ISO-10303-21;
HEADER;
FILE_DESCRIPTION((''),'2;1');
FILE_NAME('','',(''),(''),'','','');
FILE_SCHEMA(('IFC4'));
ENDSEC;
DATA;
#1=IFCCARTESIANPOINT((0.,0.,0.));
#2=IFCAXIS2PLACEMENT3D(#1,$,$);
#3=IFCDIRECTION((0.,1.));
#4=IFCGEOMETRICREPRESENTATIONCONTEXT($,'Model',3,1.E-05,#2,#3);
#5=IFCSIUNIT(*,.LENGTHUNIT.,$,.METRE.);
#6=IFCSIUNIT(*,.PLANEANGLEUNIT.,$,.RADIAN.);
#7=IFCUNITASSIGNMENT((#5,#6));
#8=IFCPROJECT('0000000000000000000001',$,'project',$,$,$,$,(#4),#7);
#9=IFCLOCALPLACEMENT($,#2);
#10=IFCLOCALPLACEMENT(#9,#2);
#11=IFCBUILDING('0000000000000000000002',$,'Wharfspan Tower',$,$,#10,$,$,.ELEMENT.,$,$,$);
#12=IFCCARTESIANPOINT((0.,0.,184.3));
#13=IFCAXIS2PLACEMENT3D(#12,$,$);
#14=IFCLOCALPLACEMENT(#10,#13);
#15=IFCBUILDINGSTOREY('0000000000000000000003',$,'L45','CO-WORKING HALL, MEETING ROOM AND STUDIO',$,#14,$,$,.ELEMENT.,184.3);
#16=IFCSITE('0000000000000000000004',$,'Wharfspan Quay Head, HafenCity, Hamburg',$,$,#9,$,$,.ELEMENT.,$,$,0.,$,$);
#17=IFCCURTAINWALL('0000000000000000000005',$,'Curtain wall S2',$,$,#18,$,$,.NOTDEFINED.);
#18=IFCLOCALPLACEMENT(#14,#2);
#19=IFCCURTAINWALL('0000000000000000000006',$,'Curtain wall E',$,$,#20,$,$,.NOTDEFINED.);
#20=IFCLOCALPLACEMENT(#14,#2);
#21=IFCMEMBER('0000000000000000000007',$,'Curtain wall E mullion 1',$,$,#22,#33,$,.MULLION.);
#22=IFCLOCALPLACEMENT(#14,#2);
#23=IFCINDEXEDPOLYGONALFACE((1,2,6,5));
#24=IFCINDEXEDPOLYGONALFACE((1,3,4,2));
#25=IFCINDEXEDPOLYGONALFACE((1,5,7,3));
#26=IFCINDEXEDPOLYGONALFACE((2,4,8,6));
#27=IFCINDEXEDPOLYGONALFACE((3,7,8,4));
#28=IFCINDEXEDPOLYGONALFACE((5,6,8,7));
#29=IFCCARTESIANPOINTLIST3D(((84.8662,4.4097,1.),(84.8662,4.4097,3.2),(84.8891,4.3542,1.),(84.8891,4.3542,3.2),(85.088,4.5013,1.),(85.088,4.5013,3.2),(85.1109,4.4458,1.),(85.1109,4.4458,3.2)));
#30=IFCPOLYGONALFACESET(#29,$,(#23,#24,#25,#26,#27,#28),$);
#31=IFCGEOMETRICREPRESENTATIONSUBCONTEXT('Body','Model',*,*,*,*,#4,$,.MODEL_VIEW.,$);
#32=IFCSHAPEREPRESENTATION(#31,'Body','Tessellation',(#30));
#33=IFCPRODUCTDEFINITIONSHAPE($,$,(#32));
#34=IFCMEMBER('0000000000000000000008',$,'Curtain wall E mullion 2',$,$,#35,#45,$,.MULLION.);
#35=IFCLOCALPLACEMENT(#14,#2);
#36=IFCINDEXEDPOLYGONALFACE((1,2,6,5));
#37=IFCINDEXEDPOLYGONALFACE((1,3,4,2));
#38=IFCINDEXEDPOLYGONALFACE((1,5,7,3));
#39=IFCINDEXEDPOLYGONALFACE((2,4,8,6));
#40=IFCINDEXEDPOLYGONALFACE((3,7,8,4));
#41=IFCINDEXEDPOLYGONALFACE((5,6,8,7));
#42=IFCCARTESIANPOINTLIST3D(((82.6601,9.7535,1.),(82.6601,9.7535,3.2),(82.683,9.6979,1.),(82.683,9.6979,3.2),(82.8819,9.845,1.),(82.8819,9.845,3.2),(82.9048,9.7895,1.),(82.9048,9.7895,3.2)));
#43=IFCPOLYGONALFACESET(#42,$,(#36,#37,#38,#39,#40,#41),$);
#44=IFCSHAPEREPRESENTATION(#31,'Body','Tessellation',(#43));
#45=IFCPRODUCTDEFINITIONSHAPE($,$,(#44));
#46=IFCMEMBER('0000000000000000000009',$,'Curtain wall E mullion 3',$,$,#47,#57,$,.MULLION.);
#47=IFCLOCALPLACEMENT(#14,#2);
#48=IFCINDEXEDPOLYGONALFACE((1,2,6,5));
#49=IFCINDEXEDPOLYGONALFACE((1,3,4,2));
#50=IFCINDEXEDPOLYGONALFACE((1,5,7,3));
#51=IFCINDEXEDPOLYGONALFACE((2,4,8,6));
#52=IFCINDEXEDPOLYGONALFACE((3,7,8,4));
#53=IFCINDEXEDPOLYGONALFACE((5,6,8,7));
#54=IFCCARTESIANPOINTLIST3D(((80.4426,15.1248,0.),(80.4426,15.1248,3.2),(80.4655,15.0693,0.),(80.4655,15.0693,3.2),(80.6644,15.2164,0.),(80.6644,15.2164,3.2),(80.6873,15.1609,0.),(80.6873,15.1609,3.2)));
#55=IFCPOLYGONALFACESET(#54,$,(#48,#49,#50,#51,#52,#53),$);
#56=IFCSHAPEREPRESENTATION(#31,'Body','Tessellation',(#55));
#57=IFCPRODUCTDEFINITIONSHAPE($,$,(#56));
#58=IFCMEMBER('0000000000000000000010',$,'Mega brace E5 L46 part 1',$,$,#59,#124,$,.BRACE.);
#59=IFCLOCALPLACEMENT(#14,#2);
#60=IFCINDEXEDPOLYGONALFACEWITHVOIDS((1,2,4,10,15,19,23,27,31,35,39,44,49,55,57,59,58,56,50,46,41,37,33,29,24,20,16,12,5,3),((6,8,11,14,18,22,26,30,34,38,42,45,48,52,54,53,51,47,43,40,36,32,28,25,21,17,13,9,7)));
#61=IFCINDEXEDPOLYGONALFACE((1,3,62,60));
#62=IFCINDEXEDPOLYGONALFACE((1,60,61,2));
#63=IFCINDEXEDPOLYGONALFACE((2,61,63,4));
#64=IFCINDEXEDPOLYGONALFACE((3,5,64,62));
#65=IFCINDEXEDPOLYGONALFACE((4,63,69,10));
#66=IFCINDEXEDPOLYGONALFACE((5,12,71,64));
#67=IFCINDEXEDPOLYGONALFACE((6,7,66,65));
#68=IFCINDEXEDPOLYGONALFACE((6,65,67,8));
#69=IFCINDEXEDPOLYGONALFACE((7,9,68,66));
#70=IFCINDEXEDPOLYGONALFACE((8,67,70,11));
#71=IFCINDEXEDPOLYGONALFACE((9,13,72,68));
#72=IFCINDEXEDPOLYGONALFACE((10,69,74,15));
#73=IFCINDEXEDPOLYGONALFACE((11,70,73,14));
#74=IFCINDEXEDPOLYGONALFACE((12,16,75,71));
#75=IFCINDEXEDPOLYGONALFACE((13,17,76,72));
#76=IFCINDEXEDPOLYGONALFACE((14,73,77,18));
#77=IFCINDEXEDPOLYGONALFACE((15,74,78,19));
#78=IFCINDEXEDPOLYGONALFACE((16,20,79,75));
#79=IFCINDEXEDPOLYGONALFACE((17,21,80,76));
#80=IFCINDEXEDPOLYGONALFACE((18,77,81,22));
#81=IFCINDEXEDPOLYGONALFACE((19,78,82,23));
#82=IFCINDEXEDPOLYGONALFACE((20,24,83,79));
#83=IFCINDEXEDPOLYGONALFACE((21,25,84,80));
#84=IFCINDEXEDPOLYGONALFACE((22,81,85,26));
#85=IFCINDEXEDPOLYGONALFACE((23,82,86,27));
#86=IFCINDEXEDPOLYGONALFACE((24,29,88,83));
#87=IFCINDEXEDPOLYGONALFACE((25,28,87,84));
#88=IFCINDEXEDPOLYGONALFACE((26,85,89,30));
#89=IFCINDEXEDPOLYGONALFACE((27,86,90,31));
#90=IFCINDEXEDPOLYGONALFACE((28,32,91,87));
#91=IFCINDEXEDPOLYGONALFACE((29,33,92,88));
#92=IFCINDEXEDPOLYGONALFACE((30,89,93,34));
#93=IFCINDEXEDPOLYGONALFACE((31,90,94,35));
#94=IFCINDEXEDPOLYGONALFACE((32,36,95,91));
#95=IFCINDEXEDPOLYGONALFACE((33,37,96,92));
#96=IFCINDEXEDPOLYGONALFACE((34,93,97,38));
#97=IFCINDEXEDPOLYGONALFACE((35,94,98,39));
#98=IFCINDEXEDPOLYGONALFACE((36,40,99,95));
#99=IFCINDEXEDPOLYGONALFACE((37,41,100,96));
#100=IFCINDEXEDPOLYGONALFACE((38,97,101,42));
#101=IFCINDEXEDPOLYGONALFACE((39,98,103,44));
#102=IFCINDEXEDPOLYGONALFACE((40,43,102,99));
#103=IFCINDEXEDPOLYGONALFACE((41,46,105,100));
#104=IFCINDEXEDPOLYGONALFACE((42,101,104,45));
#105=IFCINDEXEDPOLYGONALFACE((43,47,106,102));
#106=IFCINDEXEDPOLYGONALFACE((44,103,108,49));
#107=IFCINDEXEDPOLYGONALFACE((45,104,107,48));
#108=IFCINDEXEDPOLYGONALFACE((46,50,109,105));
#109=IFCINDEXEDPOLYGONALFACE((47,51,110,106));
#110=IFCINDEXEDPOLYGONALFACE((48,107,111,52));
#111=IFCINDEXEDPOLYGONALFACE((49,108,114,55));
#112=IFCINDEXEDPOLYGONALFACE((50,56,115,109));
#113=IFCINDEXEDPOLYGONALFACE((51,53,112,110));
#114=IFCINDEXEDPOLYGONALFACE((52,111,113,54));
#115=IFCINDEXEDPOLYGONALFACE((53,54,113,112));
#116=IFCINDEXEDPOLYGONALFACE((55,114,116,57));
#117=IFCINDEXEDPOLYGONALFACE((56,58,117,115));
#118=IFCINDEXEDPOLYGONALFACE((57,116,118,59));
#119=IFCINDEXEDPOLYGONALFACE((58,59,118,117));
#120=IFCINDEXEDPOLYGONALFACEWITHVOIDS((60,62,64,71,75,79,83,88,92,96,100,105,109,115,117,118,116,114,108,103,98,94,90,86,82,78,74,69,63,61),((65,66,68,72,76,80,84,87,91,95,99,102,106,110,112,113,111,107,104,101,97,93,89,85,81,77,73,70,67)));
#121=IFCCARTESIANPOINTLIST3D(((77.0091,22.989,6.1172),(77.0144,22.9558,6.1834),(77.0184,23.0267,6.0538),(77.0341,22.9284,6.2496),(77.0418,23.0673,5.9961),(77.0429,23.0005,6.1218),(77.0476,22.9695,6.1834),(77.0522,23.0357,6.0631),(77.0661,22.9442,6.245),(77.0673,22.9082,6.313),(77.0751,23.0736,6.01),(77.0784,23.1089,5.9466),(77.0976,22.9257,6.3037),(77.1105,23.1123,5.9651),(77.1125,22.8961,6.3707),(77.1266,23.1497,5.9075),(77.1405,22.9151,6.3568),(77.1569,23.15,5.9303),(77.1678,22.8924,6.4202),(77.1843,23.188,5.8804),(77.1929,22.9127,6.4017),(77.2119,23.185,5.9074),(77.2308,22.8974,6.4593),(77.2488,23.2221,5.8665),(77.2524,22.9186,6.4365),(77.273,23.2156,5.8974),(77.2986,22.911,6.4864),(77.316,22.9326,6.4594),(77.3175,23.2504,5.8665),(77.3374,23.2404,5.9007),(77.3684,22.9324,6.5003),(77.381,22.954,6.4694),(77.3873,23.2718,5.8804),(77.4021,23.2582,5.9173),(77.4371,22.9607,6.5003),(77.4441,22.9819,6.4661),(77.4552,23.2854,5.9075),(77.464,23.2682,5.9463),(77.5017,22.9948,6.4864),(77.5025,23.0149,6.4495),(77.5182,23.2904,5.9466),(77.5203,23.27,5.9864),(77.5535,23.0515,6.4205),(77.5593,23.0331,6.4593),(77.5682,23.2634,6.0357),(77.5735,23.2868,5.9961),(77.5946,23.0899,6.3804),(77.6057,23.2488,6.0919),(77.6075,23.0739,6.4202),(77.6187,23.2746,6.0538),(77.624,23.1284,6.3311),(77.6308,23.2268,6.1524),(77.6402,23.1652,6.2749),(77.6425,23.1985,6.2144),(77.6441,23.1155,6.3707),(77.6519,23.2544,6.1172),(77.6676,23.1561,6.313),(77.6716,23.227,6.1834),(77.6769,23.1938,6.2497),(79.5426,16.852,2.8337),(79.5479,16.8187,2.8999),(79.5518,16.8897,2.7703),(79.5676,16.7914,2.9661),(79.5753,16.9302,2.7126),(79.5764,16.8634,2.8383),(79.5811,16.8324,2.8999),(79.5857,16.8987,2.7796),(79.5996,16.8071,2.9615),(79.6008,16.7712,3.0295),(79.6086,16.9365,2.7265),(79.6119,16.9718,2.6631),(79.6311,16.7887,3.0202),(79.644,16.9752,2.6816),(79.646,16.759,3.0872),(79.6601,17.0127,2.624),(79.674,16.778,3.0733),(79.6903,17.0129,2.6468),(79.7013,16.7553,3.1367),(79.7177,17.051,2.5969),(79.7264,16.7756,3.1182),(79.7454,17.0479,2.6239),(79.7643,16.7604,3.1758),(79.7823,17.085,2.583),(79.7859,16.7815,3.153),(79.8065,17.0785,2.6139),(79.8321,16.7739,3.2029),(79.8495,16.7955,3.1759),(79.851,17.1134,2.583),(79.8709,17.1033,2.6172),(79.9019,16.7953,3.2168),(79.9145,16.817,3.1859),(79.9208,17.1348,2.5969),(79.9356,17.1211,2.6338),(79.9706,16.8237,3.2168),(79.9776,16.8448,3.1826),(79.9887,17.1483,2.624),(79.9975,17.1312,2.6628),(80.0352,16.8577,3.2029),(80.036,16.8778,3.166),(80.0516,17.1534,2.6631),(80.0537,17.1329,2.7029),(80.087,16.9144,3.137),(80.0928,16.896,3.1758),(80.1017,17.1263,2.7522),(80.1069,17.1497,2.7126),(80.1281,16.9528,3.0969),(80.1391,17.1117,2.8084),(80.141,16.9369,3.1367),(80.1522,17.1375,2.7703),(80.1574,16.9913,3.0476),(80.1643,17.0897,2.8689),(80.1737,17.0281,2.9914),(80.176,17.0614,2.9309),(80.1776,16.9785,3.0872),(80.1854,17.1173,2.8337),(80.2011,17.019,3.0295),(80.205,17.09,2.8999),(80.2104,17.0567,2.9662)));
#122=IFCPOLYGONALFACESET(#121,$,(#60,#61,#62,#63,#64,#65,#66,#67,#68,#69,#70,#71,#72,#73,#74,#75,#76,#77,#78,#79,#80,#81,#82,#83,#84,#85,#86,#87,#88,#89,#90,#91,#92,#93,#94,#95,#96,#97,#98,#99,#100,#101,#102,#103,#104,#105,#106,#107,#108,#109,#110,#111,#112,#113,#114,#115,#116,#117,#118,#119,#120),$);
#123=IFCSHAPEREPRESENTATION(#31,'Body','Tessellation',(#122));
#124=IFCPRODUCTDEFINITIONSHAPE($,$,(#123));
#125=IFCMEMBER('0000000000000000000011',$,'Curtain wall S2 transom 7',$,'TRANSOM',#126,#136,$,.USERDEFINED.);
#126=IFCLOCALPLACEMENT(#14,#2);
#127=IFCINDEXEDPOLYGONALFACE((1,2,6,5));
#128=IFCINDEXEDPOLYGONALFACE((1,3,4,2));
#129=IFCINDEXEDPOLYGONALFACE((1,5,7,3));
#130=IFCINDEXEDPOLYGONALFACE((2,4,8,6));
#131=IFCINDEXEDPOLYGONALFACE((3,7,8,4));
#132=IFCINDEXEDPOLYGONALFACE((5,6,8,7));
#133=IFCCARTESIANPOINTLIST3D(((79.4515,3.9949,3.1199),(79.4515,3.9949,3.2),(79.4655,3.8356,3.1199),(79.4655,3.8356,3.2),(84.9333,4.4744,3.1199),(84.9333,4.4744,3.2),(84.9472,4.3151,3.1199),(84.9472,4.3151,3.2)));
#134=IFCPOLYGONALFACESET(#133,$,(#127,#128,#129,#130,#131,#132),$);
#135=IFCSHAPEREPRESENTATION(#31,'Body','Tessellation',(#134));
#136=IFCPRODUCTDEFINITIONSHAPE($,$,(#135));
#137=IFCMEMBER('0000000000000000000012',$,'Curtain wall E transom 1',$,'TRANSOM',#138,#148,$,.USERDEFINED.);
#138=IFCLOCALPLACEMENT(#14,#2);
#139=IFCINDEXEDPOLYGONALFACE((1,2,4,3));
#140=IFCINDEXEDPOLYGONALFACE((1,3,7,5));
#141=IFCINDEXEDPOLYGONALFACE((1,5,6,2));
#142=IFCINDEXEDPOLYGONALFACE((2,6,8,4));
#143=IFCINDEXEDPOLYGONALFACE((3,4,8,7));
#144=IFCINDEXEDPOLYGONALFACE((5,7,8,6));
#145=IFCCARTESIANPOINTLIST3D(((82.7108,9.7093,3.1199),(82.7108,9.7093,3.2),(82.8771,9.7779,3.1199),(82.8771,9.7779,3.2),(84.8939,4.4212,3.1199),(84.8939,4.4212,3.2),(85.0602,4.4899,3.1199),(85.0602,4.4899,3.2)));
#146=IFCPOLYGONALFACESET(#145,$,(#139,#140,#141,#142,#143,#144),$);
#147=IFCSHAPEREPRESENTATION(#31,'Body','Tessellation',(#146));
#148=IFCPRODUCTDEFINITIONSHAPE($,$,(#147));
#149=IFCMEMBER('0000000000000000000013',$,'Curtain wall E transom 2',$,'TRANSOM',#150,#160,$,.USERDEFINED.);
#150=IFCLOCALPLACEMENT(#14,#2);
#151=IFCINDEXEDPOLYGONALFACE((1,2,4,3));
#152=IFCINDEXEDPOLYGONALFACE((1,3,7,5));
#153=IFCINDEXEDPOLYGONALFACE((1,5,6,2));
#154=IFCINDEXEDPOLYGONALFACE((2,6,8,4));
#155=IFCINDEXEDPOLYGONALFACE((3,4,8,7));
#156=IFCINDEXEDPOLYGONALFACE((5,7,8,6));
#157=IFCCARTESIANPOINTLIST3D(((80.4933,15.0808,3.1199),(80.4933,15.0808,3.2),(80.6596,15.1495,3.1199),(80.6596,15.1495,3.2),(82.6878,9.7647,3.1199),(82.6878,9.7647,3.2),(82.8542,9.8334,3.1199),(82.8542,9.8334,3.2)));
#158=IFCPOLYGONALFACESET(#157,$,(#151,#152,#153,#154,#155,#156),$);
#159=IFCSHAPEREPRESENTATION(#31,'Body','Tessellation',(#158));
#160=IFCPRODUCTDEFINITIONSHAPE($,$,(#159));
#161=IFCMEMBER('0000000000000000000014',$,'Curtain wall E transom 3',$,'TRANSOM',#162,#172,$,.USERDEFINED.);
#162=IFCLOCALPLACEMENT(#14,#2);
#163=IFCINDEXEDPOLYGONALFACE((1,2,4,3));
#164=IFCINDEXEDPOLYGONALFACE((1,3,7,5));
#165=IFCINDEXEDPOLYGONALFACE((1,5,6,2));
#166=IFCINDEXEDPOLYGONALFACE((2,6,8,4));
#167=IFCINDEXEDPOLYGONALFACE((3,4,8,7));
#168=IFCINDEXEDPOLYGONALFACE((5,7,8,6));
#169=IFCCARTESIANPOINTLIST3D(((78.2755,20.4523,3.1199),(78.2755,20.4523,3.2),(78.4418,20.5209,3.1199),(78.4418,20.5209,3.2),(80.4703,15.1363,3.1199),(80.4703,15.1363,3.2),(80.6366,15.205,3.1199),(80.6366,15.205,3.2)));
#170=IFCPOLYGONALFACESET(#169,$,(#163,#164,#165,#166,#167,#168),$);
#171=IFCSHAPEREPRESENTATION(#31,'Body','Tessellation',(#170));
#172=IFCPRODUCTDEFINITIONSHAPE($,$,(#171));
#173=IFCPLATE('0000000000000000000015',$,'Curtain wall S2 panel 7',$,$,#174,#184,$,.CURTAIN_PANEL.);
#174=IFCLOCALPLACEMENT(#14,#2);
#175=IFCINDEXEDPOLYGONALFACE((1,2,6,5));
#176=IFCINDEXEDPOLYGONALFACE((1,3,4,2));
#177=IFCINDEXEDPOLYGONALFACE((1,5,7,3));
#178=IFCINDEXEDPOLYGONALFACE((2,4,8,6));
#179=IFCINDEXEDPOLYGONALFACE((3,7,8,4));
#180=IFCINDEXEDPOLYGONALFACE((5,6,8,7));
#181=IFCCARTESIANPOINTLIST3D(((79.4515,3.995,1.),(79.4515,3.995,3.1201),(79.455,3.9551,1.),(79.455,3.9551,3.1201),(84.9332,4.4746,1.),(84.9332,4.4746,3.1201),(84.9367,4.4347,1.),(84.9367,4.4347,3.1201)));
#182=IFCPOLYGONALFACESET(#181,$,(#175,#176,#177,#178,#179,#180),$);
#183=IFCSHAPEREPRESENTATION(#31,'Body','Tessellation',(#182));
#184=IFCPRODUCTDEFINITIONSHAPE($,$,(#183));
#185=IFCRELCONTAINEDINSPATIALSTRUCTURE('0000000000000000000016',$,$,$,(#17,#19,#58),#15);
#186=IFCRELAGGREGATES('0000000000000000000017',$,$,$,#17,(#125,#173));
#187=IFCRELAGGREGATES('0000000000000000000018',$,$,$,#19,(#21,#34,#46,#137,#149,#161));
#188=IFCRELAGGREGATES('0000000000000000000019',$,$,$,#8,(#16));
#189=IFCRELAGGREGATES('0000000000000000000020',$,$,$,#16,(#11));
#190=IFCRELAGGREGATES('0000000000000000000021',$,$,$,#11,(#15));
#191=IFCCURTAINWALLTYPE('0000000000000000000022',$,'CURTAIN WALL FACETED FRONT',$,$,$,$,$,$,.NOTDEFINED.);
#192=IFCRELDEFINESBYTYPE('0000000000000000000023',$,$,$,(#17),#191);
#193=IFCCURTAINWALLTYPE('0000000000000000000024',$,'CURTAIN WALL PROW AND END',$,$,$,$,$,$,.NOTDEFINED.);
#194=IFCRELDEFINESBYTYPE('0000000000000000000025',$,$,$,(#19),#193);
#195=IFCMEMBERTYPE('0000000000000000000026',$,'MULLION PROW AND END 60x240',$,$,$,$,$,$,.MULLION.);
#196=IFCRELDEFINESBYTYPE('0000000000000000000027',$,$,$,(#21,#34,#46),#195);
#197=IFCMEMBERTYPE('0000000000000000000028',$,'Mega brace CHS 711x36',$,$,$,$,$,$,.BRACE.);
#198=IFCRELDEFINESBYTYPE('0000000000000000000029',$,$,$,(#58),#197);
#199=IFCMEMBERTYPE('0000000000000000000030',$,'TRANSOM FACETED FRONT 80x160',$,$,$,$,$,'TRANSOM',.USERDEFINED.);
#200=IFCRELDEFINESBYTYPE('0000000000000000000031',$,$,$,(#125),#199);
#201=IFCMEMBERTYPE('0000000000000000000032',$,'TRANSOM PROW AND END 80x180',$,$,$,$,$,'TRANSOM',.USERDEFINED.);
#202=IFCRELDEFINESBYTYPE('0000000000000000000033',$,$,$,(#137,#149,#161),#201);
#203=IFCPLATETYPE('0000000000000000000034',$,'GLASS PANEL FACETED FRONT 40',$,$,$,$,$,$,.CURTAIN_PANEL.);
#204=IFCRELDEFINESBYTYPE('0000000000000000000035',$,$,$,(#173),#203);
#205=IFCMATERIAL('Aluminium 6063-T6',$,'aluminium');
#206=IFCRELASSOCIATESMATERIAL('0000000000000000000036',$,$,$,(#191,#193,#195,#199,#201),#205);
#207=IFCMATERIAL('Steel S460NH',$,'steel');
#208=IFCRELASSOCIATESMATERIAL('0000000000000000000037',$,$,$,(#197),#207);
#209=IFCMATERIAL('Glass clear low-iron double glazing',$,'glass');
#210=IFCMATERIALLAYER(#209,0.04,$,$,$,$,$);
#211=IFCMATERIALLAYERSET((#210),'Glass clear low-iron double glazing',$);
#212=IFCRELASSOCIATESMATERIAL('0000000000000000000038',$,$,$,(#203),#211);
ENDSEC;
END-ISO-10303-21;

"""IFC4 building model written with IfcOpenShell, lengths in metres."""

from ifc_helpers import new_model, si_unit, direction, frame, origin, origin_2d, place, context, subcontext, project, spatial, rectangle, hollow_circle, extrude, material, layer, layer_set, material_profile, profile_set, type_object, element, aggregate, save


model = new_model("IFC4")

# Units and contexts
model_context = context("Model", 3, precision=1e-05, world=origin(), true_north=direction((0.0, 1.0)))
body_context = subcontext(model_context, "Body", "Model", "MODEL_VIEW")
ifc_project = project(units=[si_unit("LENGTHUNIT", "METRE"), si_unit("PLANEANGLEUNIT", "RADIAN")], contexts=[model_context])

# Site, building, storey
site_placement = place(None, origin())
site = spatial("IfcSite", under=ifc_project, at=site_placement, Name="Wharfspan Quay Head, HafenCity, Hamburg", CompositionType="ELEMENT", RefElevation=0.0)
building_placement = place(site_placement, origin())
building = spatial("IfcBuilding", under=site, at=building_placement, Name="Wharfspan Tower", CompositionType="ELEMENT")
storey_placement = place(building_placement, frame((0.0, 0.0, 184.3)))
storey = spatial("IfcBuildingStorey", under=building, at=storey_placement, Name="L45", Description="CO-WORKING HALL, MEETING ROOM AND STUDIO", CompositionType="ELEMENT", Elevation=184.3)

# Curtain walls, members
ifc_material_1 = material(Name="Aluminium 6063-T6", Category="aluminium")
curtain_wall_type_1 = type_object("IfcCurtainWallType", Name="CURTAIN WALL FACETED FRONT", PredefinedType="NOTDEFINED", material=ifc_material_1)
curtain_wall_1_placement = place(storey_placement, origin())
curtain_wall_1 = element("IfcCurtainWall", 1, at=curtain_wall_1_placement, inside=storey, type_object=curtain_wall_type_1, Name="Curtain wall S2", PredefinedType="NOTDEFINED")
curtain_wall_type_2 = type_object("IfcCurtainWallType", Name="CURTAIN WALL PROW AND END", PredefinedType="NOTDEFINED", material=ifc_material_1)
curtain_wall_2_placement = place(storey_placement, origin())
curtain_wall_2 = element("IfcCurtainWall", 2, at=curtain_wall_2_placement, inside=storey, type_object=curtain_wall_type_2, Name="Curtain wall E", PredefinedType="NOTDEFINED")
ifc_material_profile_1 = material_profile(ifc_material_1, rectangle(XDim=0.24, YDim=0.0601, at=origin_2d()))
ifc_profile_set_1 = profile_set([ifc_material_profile_1], Name="Aluminium 6063-T6")
member_type_1 = type_object("IfcMemberType", Name="MULLION PROW AND END 60x240", PredefinedType="MULLION", material=ifc_profile_set_1)
member_1_placement = place(storey_placement, frame((84.9885, 4.4277, 1.0), z_axis=(0.0, 0.0, 1.0), x_axis=(-0.924325, -0.381602, 0.0)))
member_1 = element("IfcMember", 3, at=member_1_placement, type_object=member_type_1, Name="Curtain wall E mullion 1", PredefinedType="MULLION", context=body_context, shape_type="SweptSolid", body=[
    extrude(rectangle(XDim=0.24, YDim=0.0601, at=origin_2d()), origin(), (0.0, 0.0, 1.0), 2.2),
])
member_2_placement = place(storey_placement, frame((82.7825, 9.7715, 1.0), z_axis=(0.0, 0.0, 1.0), x_axis=(-0.924325, -0.381602, 0.0)))
member_2 = element("IfcMember", 4, at=member_2_placement, type_object=member_type_1, Name="Curtain wall E mullion 2", PredefinedType="MULLION", context=body_context, shape_type="SweptSolid", body=[
    extrude(rectangle(XDim=0.24, YDim=0.0601, at=origin_2d()), origin(), (0.0, 0.0, 1.0), 2.2),
])
member_3_placement = place(storey_placement, frame((80.5649, 15.1428, 0.0), z_axis=(0.0, 0.0, 1.0), x_axis=(-0.924325, -0.381602, 0.0)))
member_3 = element("IfcMember", 5, at=member_3_placement, type_object=member_type_1, Name="Curtain wall E mullion 3", PredefinedType="MULLION", context=body_context, shape_type="SweptSolid", body=[
    extrude(rectangle(XDim=0.24, YDim=0.0601, at=origin_2d()), origin(), (0.0, 0.0, 1.0), 3.2),
])

# Members
ifc_material_2 = material(Name="Steel S460NH", Category="steel")
ifc_material_profile_2 = material_profile(ifc_material_2, hollow_circle(Radius=0.3555, WallThickness=0.0359, at=origin_2d()))
ifc_profile_set_2 = profile_set([ifc_material_profile_2], Name="Steel S460NH")
member_type_2 = type_object("IfcMemberType", Name="Mega brace CHS 711x36", PredefinedType="BRACE", material=ifc_profile_set_2)
member_4_placement = place(storey_placement, frame((79.8765, 16.9543, 2.8999), z_axis=(-0.34204, 0.82855, 0.443298), x_axis=(-0.924336, -0.38158, -0.000004)))
element("IfcMember", 6, at=member_4_placement, inside=storey, type_object=member_type_2, Name="Mega brace E5 L46 part 1", PredefinedType="BRACE", context=body_context, shape_type="SweptSolid", body=[
    extrude(hollow_circle(Radius=0.3555, WallThickness=0.0359, at=origin_2d()), origin(), (0.0, 0.0, 1.0), 7.407),
])
ifc_material_profile_3 = material_profile(ifc_material_1, rectangle(XDim=0.1599, YDim=0.0801, at=origin_2d()))
ifc_profile_set_3 = profile_set([ifc_material_profile_3], Name="Aluminium 6063-T6")
member_type_3 = type_object("IfcMemberType", Name="TRANSOM FACETED FRONT 80x160", ElementType="TRANSOM", PredefinedType="USERDEFINED", material=ifc_profile_set_3)
member_5_placement = place(storey_placement, frame((79.4585, 3.9153, 3.1599), z_axis=(0.996196, 0.087139, 0.0), x_axis=(-0.087139, 0.996196, 0.0)))
member_5 = element("IfcMember", 7, at=member_5_placement, type_object=member_type_3, Name="Curtain wall S2 transom 7", ObjectType="TRANSOM", PredefinedType="USERDEFINED", context=body_context, shape_type="SweptSolid", body=[
    extrude(rectangle(XDim=0.1599, YDim=0.0801, at=origin_2d()), origin(), (0.0, 0.0, 1.0), 5.5027),
])
ifc_material_profile_4 = material_profile(ifc_material_1, rectangle(XDim=0.1799, YDim=0.0801, at=origin_2d()))
ifc_profile_set_4 = profile_set([ifc_material_profile_4], Name="Aluminium 6063-T6")
member_type_4 = type_object("IfcMemberType", Name="TRANSOM PROW AND END 80x180", ElementType="TRANSOM", PredefinedType="USERDEFINED", material=ifc_profile_set_4)
member_6_placement = place(storey_placement, frame((84.9771, 4.4556, 3.1599), z_axis=(-0.381595, 0.924329, 0.0), x_axis=(-0.924329, -0.381595, 0.0)))
member_6 = element("IfcMember", 8, at=member_6_placement, type_object=member_type_4, Name="Curtain wall E transom 1", ObjectType="TRANSOM", PredefinedType="USERDEFINED", context=body_context, shape_type="SweptSolid", body=[
    extrude(rectangle(XDim=0.1799, YDim=0.0801, at=origin_2d()), origin(), (0.0, 0.0, 1.0), 5.7209),
])
member_7_placement = place(storey_placement, frame((82.771, 9.7991, 3.1599), z_axis=(-0.381578, 0.924337, 0.0), x_axis=(-0.924337, -0.381578, 0.0)))
member_7 = element("IfcMember", 9, at=member_7_placement, type_object=member_type_4, Name="Curtain wall E transom 2", ObjectType="TRANSOM", PredefinedType="USERDEFINED", context=body_context, shape_type="SweptSolid", body=[
    extrude(rectangle(XDim=0.1799, YDim=0.0801, at=origin_2d()), origin(), (0.0, 0.0, 1.0), 5.7512),
])
member_8_placement = place(storey_placement, frame((80.5535, 15.1707, 3.1599), z_axis=(-0.381629, 0.924315, 0.0), x_axis=(-0.924315, -0.381629, 0.0)))
member_8 = element("IfcMember", 10, at=member_8_placement, type_object=member_type_4, Name="Curtain wall E transom 3", ObjectType="TRANSOM", PredefinedType="USERDEFINED", context=body_context, shape_type="SweptSolid", body=[
    extrude(rectangle(XDim=0.1799, YDim=0.0801, at=origin_2d()), origin(), (0.0, 0.0, 1.0), 5.7512),
])

# Plate
ifc_material_3 = material(Name="Glass clear low-iron double glazing", Category="glass")
ifc_layer_1 = layer(ifc_material_3, 0.04)
ifc_layer_set_1 = layer_set([ifc_layer_1], Name="Glass clear low-iron double glazing")
plate_type_1 = type_object("IfcPlateType", Name="GLASS PANEL FACETED FRONT 40", PredefinedType="CURTAIN_PANEL", material=ifc_layer_set_1)
plate_1_placement = place(storey_placement, frame((82.1941, 4.2148, 1.0), z_axis=(0.0, 0.0, 1.0), x_axis=(0.996198, 0.087156, 0.0)))
plate_1 = element("IfcPlate", 11, at=plate_1_placement, type_object=plate_type_1, Name="Curtain wall S2 panel 7", PredefinedType="CURTAIN_PANEL", context=body_context, shape_type="SweptSolid", body=[
    extrude(rectangle(XDim=5.5027, YDim=0.04, at=origin_2d()), origin(), (0.0, 0.0, 1.0), 2.1201),
])
aggregate(curtain_wall_1, [member_5, plate_1])
aggregate(curtain_wall_2, [member_1, member_2, member_3, member_6, member_7, member_8])

save(model, "model.ifc")
